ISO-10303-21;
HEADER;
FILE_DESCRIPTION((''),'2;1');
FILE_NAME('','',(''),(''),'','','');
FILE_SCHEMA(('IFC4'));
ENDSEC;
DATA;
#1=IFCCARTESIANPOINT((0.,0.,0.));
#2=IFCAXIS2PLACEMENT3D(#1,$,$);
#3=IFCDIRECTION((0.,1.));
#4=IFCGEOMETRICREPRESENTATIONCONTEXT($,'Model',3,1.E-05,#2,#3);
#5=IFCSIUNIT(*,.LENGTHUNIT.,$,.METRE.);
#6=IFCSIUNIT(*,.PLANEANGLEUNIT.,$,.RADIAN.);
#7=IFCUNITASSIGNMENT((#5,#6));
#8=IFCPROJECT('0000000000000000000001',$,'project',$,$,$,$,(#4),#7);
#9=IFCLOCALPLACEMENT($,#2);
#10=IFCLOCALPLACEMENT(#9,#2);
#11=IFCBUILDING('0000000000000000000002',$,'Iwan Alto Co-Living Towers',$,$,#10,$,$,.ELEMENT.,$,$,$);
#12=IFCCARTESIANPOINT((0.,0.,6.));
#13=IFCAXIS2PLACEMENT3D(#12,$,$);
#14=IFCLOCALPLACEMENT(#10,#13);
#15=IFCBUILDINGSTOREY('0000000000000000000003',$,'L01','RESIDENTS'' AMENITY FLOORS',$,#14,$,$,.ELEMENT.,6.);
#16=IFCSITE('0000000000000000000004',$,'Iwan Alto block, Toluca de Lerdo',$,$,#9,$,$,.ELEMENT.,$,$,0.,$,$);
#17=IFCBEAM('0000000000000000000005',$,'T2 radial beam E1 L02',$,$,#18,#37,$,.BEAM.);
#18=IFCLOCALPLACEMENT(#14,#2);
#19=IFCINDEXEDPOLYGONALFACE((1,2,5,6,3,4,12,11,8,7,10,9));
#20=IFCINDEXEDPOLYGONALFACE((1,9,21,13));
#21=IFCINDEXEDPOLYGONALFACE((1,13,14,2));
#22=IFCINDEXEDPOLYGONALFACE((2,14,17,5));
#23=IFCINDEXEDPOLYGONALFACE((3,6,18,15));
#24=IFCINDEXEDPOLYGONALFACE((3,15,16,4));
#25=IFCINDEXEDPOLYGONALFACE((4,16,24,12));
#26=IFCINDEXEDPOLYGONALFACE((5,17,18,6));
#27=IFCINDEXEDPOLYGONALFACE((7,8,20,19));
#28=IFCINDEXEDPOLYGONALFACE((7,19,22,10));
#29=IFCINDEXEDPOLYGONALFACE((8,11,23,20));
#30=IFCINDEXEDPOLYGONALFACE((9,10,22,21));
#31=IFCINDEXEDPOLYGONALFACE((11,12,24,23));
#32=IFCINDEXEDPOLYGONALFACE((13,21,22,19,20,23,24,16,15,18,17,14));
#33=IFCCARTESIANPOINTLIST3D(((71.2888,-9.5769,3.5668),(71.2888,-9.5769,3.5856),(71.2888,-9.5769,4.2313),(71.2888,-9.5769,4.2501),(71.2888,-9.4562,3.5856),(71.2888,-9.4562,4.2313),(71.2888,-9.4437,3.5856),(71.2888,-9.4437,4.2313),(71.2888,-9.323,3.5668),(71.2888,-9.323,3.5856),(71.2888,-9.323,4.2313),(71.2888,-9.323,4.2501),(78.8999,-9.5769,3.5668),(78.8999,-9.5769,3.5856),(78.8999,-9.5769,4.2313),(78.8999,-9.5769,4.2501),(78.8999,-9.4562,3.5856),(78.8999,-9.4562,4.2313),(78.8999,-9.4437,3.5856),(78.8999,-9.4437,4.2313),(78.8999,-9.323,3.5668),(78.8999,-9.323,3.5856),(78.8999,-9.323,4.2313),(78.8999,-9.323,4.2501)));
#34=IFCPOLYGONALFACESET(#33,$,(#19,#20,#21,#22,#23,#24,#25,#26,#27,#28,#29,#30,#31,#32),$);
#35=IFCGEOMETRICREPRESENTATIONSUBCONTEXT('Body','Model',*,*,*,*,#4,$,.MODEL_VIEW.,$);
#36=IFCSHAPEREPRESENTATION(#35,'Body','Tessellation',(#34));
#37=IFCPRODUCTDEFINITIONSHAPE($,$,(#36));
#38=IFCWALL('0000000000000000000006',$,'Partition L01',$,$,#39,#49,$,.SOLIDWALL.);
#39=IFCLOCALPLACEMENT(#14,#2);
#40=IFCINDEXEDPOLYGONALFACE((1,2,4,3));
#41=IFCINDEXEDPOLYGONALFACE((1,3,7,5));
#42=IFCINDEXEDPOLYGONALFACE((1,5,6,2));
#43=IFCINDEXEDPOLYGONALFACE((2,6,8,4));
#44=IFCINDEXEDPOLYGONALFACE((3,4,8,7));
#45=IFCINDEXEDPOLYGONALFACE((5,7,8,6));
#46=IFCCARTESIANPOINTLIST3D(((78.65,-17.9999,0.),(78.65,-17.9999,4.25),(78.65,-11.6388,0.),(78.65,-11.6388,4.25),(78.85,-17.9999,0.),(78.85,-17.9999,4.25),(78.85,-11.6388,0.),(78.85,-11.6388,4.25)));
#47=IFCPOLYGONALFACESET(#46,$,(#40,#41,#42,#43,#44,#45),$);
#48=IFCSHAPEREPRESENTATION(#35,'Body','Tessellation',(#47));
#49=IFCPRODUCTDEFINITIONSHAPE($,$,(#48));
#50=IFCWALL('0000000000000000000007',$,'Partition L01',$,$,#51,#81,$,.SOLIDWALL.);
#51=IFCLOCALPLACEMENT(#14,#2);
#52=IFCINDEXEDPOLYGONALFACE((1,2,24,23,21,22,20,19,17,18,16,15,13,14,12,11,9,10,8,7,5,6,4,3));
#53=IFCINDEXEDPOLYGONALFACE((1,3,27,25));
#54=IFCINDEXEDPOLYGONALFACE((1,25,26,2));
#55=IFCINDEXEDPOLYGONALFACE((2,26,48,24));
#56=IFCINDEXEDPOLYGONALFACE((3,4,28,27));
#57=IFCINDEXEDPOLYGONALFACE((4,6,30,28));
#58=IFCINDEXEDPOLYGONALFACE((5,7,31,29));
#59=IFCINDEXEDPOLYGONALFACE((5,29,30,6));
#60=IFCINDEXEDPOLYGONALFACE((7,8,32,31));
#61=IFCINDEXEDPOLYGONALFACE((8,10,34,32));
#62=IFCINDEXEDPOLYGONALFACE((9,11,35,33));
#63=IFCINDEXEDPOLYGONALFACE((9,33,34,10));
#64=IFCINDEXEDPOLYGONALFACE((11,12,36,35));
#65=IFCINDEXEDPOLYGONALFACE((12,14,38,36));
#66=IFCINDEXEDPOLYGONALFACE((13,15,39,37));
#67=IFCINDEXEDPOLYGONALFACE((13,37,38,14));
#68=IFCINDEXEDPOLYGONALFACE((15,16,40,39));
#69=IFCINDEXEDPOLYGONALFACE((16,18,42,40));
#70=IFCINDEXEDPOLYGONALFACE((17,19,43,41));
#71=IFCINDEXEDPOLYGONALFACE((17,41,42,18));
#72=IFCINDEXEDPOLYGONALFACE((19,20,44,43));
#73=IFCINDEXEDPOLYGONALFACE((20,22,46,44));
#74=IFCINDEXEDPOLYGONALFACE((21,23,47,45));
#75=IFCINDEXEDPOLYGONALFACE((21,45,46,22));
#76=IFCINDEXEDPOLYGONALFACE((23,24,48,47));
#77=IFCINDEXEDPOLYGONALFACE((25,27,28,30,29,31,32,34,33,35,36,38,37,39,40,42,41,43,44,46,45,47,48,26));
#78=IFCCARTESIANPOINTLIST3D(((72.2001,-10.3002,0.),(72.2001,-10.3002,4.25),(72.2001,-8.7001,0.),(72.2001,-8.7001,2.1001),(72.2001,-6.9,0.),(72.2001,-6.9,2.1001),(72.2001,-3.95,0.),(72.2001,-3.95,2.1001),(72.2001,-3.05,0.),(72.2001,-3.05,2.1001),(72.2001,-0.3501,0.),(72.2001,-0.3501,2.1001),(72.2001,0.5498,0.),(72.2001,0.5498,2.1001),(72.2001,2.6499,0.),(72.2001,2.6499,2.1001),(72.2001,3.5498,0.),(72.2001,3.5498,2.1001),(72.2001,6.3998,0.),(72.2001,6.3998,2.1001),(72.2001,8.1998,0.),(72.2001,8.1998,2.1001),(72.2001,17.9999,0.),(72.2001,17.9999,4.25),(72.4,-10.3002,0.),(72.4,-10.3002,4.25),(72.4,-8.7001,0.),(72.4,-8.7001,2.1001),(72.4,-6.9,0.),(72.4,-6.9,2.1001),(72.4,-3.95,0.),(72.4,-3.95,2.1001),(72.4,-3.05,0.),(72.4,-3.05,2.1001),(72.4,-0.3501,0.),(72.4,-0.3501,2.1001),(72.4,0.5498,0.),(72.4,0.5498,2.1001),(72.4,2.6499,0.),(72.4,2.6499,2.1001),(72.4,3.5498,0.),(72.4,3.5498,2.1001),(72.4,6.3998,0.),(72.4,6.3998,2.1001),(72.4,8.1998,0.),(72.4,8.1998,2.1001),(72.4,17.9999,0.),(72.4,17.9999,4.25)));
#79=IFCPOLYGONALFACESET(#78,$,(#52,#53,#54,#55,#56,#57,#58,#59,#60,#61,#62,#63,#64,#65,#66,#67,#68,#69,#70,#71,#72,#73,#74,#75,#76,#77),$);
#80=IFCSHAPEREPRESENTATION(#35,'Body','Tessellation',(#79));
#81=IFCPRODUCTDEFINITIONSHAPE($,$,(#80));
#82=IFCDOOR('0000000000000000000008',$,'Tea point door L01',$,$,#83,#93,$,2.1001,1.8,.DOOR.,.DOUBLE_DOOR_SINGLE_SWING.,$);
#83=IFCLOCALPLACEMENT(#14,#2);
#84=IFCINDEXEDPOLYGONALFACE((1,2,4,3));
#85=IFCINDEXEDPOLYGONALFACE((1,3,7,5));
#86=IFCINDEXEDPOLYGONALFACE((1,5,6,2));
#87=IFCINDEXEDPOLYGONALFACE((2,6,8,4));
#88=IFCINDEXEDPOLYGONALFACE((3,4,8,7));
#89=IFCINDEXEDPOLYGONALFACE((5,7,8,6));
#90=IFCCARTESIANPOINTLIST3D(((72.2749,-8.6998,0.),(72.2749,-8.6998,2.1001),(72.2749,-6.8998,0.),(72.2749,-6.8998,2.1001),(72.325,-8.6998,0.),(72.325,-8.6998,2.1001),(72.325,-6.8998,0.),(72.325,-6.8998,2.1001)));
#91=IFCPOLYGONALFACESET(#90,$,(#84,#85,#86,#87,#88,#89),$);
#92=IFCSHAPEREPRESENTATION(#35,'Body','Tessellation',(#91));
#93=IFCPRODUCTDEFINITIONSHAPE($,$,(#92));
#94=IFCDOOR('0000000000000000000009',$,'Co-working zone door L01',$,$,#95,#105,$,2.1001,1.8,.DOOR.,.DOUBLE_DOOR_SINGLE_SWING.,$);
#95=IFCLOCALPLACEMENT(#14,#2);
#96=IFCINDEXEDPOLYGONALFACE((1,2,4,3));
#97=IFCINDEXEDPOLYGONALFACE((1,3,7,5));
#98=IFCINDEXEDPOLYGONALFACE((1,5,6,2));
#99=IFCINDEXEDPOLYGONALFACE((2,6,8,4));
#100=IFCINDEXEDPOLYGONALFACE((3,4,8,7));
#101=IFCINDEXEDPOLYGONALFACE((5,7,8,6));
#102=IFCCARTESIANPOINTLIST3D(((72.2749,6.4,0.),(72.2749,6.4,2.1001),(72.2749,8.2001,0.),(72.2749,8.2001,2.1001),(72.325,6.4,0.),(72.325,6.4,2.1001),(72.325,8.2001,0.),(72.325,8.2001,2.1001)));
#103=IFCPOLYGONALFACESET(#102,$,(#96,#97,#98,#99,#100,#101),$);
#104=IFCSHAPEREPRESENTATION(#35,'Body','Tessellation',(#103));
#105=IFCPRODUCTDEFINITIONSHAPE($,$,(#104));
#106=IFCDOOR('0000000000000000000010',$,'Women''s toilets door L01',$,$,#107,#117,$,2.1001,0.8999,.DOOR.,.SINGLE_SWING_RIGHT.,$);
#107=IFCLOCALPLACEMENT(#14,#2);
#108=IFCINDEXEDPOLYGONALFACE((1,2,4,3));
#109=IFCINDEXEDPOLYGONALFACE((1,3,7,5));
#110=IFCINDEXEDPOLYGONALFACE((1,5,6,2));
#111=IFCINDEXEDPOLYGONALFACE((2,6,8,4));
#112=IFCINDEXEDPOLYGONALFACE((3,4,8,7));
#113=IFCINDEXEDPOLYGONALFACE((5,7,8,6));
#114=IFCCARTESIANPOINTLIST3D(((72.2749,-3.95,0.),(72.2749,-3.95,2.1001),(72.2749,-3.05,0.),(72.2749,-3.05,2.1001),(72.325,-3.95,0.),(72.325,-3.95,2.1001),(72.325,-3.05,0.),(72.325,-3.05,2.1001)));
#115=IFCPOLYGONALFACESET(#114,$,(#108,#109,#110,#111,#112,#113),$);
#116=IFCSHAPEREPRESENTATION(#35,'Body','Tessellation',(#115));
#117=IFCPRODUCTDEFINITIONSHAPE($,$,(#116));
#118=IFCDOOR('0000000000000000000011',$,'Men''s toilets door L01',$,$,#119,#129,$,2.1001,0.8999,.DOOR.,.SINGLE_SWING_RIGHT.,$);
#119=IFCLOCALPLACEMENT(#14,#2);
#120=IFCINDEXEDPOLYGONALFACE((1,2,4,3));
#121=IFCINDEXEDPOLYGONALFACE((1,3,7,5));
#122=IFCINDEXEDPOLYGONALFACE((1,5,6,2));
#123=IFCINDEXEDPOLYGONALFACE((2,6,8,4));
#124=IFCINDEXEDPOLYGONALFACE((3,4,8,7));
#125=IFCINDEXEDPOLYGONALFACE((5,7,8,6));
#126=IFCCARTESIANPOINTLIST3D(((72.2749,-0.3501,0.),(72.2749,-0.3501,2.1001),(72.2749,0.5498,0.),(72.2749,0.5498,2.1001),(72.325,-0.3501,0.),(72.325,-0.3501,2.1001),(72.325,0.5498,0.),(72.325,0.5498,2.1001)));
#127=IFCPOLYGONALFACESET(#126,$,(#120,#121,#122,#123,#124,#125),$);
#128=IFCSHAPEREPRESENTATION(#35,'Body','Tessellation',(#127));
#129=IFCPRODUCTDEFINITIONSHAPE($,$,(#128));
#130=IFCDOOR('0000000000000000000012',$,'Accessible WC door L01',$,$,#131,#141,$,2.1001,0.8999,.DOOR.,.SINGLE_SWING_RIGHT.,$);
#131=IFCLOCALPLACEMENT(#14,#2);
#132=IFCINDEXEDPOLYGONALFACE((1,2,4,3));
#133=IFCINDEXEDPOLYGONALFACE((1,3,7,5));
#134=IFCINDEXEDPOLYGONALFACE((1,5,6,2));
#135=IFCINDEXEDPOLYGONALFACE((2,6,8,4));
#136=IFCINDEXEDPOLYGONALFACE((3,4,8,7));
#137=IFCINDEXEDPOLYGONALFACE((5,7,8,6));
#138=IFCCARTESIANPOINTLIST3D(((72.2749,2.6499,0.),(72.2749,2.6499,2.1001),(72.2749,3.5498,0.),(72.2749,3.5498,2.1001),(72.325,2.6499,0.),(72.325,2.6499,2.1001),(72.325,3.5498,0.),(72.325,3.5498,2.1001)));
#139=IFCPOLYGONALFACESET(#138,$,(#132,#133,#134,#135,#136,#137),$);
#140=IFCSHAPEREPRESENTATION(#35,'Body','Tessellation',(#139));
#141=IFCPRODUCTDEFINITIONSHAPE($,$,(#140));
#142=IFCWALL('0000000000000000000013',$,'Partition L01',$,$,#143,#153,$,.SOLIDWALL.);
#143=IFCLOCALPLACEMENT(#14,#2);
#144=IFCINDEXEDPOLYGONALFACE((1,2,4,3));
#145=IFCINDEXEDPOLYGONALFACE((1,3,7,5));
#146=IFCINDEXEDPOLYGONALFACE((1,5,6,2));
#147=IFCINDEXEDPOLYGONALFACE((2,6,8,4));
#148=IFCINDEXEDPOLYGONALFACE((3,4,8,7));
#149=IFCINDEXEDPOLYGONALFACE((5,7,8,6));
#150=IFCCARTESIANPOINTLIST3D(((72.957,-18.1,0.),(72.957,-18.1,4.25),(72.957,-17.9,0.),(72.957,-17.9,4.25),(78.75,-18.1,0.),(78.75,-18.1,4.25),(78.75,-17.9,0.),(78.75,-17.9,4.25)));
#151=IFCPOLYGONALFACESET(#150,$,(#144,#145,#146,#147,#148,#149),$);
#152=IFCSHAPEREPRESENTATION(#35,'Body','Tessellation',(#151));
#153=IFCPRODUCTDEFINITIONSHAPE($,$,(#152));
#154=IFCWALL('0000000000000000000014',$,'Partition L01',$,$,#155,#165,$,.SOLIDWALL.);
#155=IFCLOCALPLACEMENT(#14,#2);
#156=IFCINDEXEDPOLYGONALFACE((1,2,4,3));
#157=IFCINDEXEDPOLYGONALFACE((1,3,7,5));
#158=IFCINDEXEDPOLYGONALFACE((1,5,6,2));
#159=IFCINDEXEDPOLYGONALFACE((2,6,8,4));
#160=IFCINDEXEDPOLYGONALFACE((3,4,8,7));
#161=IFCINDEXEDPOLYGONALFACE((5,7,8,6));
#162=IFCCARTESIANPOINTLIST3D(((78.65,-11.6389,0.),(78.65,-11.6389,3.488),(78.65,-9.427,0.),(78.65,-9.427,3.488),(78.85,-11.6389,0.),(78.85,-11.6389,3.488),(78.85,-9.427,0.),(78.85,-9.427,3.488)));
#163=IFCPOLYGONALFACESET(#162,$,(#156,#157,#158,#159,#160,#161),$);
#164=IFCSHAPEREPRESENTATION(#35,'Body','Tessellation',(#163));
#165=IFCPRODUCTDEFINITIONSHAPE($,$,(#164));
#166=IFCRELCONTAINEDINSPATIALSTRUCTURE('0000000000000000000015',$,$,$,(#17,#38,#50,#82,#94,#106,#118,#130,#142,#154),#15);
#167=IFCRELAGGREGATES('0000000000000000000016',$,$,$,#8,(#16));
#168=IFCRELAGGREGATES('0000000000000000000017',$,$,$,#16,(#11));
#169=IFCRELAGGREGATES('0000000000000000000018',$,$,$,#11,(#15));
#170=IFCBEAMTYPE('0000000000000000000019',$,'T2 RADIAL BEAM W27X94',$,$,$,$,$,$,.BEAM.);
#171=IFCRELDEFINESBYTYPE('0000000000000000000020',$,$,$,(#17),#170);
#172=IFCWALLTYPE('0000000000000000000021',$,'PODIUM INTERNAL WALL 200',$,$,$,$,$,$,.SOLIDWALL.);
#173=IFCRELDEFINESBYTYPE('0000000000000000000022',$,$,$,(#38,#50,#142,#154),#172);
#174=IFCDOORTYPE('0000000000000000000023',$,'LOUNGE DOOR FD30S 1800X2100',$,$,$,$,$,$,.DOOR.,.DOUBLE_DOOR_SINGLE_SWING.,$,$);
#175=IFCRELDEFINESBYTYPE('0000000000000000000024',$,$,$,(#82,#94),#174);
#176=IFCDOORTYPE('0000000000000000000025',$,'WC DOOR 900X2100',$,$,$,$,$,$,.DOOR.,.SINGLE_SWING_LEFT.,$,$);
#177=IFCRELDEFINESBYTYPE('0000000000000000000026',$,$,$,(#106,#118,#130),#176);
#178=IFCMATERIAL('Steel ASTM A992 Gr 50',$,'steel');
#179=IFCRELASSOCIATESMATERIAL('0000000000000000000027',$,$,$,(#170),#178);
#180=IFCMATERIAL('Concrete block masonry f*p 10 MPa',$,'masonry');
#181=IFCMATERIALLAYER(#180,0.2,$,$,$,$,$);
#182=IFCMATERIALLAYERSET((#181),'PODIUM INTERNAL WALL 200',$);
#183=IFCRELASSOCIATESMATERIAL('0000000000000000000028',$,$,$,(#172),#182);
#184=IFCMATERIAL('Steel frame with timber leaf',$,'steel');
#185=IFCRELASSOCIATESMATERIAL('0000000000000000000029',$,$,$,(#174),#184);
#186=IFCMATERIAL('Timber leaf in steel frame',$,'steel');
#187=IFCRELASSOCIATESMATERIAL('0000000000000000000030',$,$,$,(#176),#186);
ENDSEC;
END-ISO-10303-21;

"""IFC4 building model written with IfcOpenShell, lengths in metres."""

from ifc_helpers import new_model, si_unit, direction, frame, frame_2d, origin, origin_2d, place, context, subcontext, project, spatial, rectangle, i_section, extrude, material, layer, layer_set, material_profile, profile_set, type_object, element, fill, save


model = new_model("IFC4")

# Units and contexts
model_context = context("Model", 3, precision=1e-05, world=origin(), true_north=direction((0.0, 1.0)))
body_context = subcontext(model_context, "Body", "Model", "MODEL_VIEW")
ifc_project = project(units=[si_unit("LENGTHUNIT", "METRE"), si_unit("PLANEANGLEUNIT", "RADIAN")], contexts=[model_context])

# Site, building, storey
site_placement = place(None, origin())
site = spatial("IfcSite", under=ifc_project, at=site_placement, Name="Iwan Alto block, Toluca de Lerdo", CompositionType="ELEMENT", RefElevation=0.0)
building_placement = place(site_placement, origin())
building = spatial("IfcBuilding", under=site, at=building_placement, Name="Iwan Alto Co-Living Towers", CompositionType="ELEMENT")
storey_placement = place(building_placement, frame((0.0, 0.0, 6.0)))
storey = spatial("IfcBuildingStorey", under=building, at=storey_placement, Name="L01", Description="RESIDENTS' AMENITY FLOORS", CompositionType="ELEMENT", Elevation=6.0)

# Beam
ifc_material_1 = material(Name="Steel ASTM A992 Gr 50", Category="steel")
ifc_material_profile_1 = material_profile(ifc_material_1, i_section(OverallWidth=0.2539, OverallDepth=0.6833, WebThickness=0.0125, FlangeThickness=0.0188, at=origin_2d()), Name="W27X94")
ifc_profile_set_1 = profile_set([ifc_material_profile_1], Name="Steel ASTM A992 Gr 50")
beam_type_1 = type_object("IfcBeamType", Name="T2 RADIAL BEAM W27X94", PredefinedType="BEAM", material=ifc_profile_set_1)
beam_1_placement = place(storey_placement, frame((78.8999, -9.45, 3.9084), z_axis=(-1.0, 0.0, 0.0), x_axis=(0.0, -1.0, 0.0)))
element("IfcBeam", 1, at=beam_1_placement, inside=storey, type_object=beam_type_1, Name="T2 radial beam E1 L02", PredefinedType="BEAM", context=body_context, shape_type="SweptSolid", body=[
    extrude(i_section(OverallWidth=0.2539, OverallDepth=0.6833, WebThickness=0.0125, FlangeThickness=0.0188, at=origin_2d()), origin(), (0.0, 0.0, 1.0), 7.6111),
])

# Wall
ifc_material_2 = material(Name="Concrete block masonry f*p 10 MPa", Category="masonry")
ifc_layer = layer(ifc_material_2, 0.2)
ifc_layer_set = layer_set([ifc_layer], Name="PODIUM INTERNAL WALL 200")
wall_type = type_object("IfcWallType", Name="PODIUM INTERNAL WALL 200", PredefinedType="SOLIDWALL", material=ifc_layer_set)
wall_1_placement = place(storey_placement, frame((78.75, -18.0, 0.0), z_axis=(0.0, 0.0, 1.0), x_axis=(0.0, 1.0, 0.0)))
element("IfcWall", 2, at=wall_1_placement, inside=storey, type_object=wall_type, Name="Partition L01", PredefinedType="SOLIDWALL", context=body_context, shape_type="SweptSolid", body=[
    extrude(rectangle(XDim=6.3611, YDim=0.2, at=frame_2d((3.1807, 0.0))), origin(), (0.0, 0.0, 1.0), 4.25),
])

# Wall, openings, doors
wall_2_placement = place(storey_placement, frame((72.3, -10.3, 0.0), z_axis=(0.0, 0.0, 1.0), x_axis=(0.0, 1.0, 0.0)))
wall_2 = element("IfcWall", 3, at=wall_2_placement, inside=storey, type_object=wall_type, Name="Partition L01", PredefinedType="SOLIDWALL", context=body_context, shape_type="SweptSolid", body=[
    extrude(rectangle(XDim=28.3, YDim=0.2, at=frame_2d((14.1499, 0.0))), origin(), (0.0, 0.0, 1.0), 4.25),
])
opening_1_placement = place(wall_2_placement, frame((1.6001, 0.0, 0.0)))
opening_1 = element("IfcOpeningElement", 4, at=opening_1_placement, cuts=wall_2, PredefinedType="OPENING", context=body_context, shape_type="SweptSolid", body=[
    extrude(rectangle(XDim=1.8, YDim=2.1001, at=frame_2d((0.8999, 1.05))), frame((0.0, 0.1099, 0.0), z_axis=(0.0, -1.0, 0.0), x_axis=(1.0, 0.0, 0.0)), (0.0, 0.0, 1.0), 0.22),
])
opening_2_placement = place(wall_2_placement, frame((6.3501, 0.0, 0.0)))
opening_2 = element("IfcOpeningElement", 5, at=opening_2_placement, cuts=wall_2, PredefinedType="OPENING", context=body_context, shape_type="SweptSolid", body=[
    extrude(rectangle(XDim=0.8999, YDim=2.1001, at=frame_2d((0.45, 1.05))), frame((0.0, 0.1099, 0.0), z_axis=(0.0, -1.0, 0.0), x_axis=(1.0, 0.0, 0.0)), (0.0, 0.0, 1.0), 0.22),
])
opening_3_placement = place(wall_2_placement, frame((9.95, 0.0, 0.0)))
opening_3 = element("IfcOpeningElement", 6, at=opening_3_placement, cuts=wall_2, PredefinedType="OPENING", context=body_context, shape_type="SweptSolid", body=[
    extrude(rectangle(XDim=0.8999, YDim=2.1001, at=frame_2d((0.45, 1.05))), frame((0.0, 0.1099, 0.0), z_axis=(0.0, -1.0, 0.0), x_axis=(1.0, 0.0, 0.0)), (0.0, 0.0, 1.0), 0.22),
])
opening_4_placement = place(wall_2_placement, frame((12.95, 0.0, 0.0)))
opening_4 = element("IfcOpeningElement", 7, at=opening_4_placement, cuts=wall_2, PredefinedType="OPENING", context=body_context, shape_type="SweptSolid", body=[
    extrude(rectangle(XDim=0.8999, YDim=2.1001, at=frame_2d((0.45, 1.05))), frame((0.0, 0.1099, 0.0), z_axis=(0.0, -1.0, 0.0), x_axis=(1.0, 0.0, 0.0)), (0.0, 0.0, 1.0), 0.22),
])
opening_5_placement = place(wall_2_placement, frame((16.7, 0.0, 0.0)))
opening_5 = element("IfcOpeningElement", 8, at=opening_5_placement, cuts=wall_2, PredefinedType="OPENING", context=body_context, shape_type="SweptSolid", body=[
    extrude(rectangle(XDim=1.8, YDim=2.1001, at=frame_2d((0.8999, 1.05))), frame((0.0, 0.1099, 0.0), z_axis=(0.0, -1.0, 0.0), x_axis=(1.0, 0.0, 0.0)), (0.0, 0.0, 1.0), 0.22),
])
ifc_material_3 = material(Name="Steel frame with timber leaf", Category="steel")
door_type_1 = type_object("IfcDoorType", Name="LOUNGE DOOR FD30S 1800X2100", OperationType="DOUBLE_DOOR_SINGLE_SWING", PredefinedType="DOOR", material=ifc_material_3)
door_1_placement = place(opening_1_placement, frame((1.8, 0.0, 0.0), z_axis=(0.0, 0.0, 1.0), x_axis=(-1.0, 0.0, 0.0)))
door_1 = element("IfcDoor", 9, at=door_1_placement, inside=storey, type_object=door_type_1, Name="Tea point door L01", OperationType="DOUBLE_DOOR_SINGLE_SWING", OverallHeight=2.1001, OverallWidth=1.8, PredefinedType="DOOR", context=body_context, shape_type="SweptSolid", body=[
    extrude(rectangle(XDim=1.8, YDim=2.1001, at=frame_2d((0.8999, 1.05))), frame((0.0, 0.0249, 0.0), z_axis=(0.0, -1.0, 0.0), x_axis=(1.0, 0.0, 0.0)), (0.0, 0.0, 1.0), 0.05),
])
fill(opening_1, door_1)
door_2_placement = place(opening_5_placement, frame((1.8, 0.0, 0.0), z_axis=(0.0, 0.0, 1.0), x_axis=(-1.0, 0.0, 0.0)))
door_2 = element("IfcDoor", 10, at=door_2_placement, inside=storey, type_object=door_type_1, Name="Co-working zone door L01", OperationType="DOUBLE_DOOR_SINGLE_SWING", OverallHeight=2.1001, OverallWidth=1.8, PredefinedType="DOOR", context=body_context, shape_type="SweptSolid", body=[
    extrude(rectangle(XDim=1.8, YDim=2.1001, at=frame_2d((0.8999, 1.05))), frame((0.0, 0.0249, 0.0), z_axis=(0.0, -1.0, 0.0), x_axis=(1.0, 0.0, 0.0)), (0.0, 0.0, 1.0), 0.05),
])
fill(opening_5, door_2)
ifc_material_4 = material(Name="Timber leaf in steel frame", Category="steel")
door_type_2 = type_object("IfcDoorType", Name="WC DOOR 900X2100", OperationType="SINGLE_SWING_LEFT", PredefinedType="DOOR", material=ifc_material_4)
door_3_placement = place(opening_2_placement, frame((0.8999, 0.0, 0.0), z_axis=(0.0, 0.0, 1.0), x_axis=(-1.0, 0.0, 0.0)))
door_3 = element("IfcDoor", 11, at=door_3_placement, inside=storey, type_object=door_type_2, Name="Women's toilets door L01", OperationType="SINGLE_SWING_RIGHT", OverallHeight=2.1001, OverallWidth=0.8999, PredefinedType="DOOR", context=body_context, shape_type="SweptSolid", body=[
    extrude(rectangle(XDim=0.8999, YDim=2.1001, at=frame_2d((0.45, 1.05))), frame((0.0, 0.0249, 0.0), z_axis=(0.0, -1.0, 0.0), x_axis=(1.0, 0.0, 0.0)), (0.0, 0.0, 1.0), 0.05),
])
fill(opening_2, door_3)
door_4_placement = place(opening_3_placement, frame((0.8999, 0.0, 0.0), z_axis=(0.0, 0.0, 1.0), x_axis=(-1.0, 0.0, 0.0)))
door_4 = element("IfcDoor", 12, at=door_4_placement, inside=storey, type_object=door_type_2, Name="Men's toilets door L01", OperationType="SINGLE_SWING_RIGHT", OverallHeight=2.1001, OverallWidth=0.8999, PredefinedType="DOOR", context=body_context, shape_type="SweptSolid", body=[
    extrude(rectangle(XDim=0.8999, YDim=2.1001, at=frame_2d((0.45, 1.05))), frame((0.0, 0.0249, 0.0), z_axis=(0.0, -1.0, 0.0), x_axis=(1.0, 0.0, 0.0)), (0.0, 0.0, 1.0), 0.05),
])
fill(opening_3, door_4)
door_5_placement = place(opening_4_placement, frame((0.8999, 0.0, 0.0), z_axis=(0.0, 0.0, 1.0), x_axis=(-1.0, 0.0, 0.0)))
door_5 = element("IfcDoor", 13, at=door_5_placement, inside=storey, type_object=door_type_2, Name="Accessible WC door L01", OperationType="SINGLE_SWING_RIGHT", OverallHeight=2.1001, OverallWidth=0.8999, PredefinedType="DOOR", context=body_context, shape_type="SweptSolid", body=[
    extrude(rectangle(XDim=0.8999, YDim=2.1001, at=frame_2d((0.45, 1.05))), frame((0.0, 0.0249, 0.0), z_axis=(0.0, -1.0, 0.0), x_axis=(1.0, 0.0, 0.0)), (0.0, 0.0, 1.0), 0.05),
])
fill(opening_4, door_5)

# Walls
wall_3_placement = place(storey_placement, frame((72.957, -18.0, 0.0), z_axis=(0.0, 0.0, 1.0), x_axis=(1.0, 0.0, 0.0)))
element("IfcWall", 14, at=wall_3_placement, inside=storey, type_object=wall_type, Name="Partition L01", PredefinedType="SOLIDWALL", context=body_context, shape_type="SweptSolid", body=[
    extrude(rectangle(XDim=5.793, YDim=0.2, at=frame_2d((2.8965, 0.0))), origin(), (0.0, 0.0, 1.0), 4.25),
])
wall_4_placement = place(storey_placement, frame((78.75, -11.6389, 0.0), z_axis=(0.0, 0.0, 1.0), x_axis=(0.0, 1.0, 0.0)))
element("IfcWall", 15, at=wall_4_placement, inside=storey, type_object=wall_type, Name="Partition L01", PredefinedType="SOLIDWALL", context=body_context, shape_type="SweptSolid", body=[
    extrude(rectangle(XDim=2.2119, YDim=0.2, at=frame_2d((1.106, 0.0))), origin(), (0.0, 0.0, 1.0), 3.488),
])

save(model, "model.ifc")
